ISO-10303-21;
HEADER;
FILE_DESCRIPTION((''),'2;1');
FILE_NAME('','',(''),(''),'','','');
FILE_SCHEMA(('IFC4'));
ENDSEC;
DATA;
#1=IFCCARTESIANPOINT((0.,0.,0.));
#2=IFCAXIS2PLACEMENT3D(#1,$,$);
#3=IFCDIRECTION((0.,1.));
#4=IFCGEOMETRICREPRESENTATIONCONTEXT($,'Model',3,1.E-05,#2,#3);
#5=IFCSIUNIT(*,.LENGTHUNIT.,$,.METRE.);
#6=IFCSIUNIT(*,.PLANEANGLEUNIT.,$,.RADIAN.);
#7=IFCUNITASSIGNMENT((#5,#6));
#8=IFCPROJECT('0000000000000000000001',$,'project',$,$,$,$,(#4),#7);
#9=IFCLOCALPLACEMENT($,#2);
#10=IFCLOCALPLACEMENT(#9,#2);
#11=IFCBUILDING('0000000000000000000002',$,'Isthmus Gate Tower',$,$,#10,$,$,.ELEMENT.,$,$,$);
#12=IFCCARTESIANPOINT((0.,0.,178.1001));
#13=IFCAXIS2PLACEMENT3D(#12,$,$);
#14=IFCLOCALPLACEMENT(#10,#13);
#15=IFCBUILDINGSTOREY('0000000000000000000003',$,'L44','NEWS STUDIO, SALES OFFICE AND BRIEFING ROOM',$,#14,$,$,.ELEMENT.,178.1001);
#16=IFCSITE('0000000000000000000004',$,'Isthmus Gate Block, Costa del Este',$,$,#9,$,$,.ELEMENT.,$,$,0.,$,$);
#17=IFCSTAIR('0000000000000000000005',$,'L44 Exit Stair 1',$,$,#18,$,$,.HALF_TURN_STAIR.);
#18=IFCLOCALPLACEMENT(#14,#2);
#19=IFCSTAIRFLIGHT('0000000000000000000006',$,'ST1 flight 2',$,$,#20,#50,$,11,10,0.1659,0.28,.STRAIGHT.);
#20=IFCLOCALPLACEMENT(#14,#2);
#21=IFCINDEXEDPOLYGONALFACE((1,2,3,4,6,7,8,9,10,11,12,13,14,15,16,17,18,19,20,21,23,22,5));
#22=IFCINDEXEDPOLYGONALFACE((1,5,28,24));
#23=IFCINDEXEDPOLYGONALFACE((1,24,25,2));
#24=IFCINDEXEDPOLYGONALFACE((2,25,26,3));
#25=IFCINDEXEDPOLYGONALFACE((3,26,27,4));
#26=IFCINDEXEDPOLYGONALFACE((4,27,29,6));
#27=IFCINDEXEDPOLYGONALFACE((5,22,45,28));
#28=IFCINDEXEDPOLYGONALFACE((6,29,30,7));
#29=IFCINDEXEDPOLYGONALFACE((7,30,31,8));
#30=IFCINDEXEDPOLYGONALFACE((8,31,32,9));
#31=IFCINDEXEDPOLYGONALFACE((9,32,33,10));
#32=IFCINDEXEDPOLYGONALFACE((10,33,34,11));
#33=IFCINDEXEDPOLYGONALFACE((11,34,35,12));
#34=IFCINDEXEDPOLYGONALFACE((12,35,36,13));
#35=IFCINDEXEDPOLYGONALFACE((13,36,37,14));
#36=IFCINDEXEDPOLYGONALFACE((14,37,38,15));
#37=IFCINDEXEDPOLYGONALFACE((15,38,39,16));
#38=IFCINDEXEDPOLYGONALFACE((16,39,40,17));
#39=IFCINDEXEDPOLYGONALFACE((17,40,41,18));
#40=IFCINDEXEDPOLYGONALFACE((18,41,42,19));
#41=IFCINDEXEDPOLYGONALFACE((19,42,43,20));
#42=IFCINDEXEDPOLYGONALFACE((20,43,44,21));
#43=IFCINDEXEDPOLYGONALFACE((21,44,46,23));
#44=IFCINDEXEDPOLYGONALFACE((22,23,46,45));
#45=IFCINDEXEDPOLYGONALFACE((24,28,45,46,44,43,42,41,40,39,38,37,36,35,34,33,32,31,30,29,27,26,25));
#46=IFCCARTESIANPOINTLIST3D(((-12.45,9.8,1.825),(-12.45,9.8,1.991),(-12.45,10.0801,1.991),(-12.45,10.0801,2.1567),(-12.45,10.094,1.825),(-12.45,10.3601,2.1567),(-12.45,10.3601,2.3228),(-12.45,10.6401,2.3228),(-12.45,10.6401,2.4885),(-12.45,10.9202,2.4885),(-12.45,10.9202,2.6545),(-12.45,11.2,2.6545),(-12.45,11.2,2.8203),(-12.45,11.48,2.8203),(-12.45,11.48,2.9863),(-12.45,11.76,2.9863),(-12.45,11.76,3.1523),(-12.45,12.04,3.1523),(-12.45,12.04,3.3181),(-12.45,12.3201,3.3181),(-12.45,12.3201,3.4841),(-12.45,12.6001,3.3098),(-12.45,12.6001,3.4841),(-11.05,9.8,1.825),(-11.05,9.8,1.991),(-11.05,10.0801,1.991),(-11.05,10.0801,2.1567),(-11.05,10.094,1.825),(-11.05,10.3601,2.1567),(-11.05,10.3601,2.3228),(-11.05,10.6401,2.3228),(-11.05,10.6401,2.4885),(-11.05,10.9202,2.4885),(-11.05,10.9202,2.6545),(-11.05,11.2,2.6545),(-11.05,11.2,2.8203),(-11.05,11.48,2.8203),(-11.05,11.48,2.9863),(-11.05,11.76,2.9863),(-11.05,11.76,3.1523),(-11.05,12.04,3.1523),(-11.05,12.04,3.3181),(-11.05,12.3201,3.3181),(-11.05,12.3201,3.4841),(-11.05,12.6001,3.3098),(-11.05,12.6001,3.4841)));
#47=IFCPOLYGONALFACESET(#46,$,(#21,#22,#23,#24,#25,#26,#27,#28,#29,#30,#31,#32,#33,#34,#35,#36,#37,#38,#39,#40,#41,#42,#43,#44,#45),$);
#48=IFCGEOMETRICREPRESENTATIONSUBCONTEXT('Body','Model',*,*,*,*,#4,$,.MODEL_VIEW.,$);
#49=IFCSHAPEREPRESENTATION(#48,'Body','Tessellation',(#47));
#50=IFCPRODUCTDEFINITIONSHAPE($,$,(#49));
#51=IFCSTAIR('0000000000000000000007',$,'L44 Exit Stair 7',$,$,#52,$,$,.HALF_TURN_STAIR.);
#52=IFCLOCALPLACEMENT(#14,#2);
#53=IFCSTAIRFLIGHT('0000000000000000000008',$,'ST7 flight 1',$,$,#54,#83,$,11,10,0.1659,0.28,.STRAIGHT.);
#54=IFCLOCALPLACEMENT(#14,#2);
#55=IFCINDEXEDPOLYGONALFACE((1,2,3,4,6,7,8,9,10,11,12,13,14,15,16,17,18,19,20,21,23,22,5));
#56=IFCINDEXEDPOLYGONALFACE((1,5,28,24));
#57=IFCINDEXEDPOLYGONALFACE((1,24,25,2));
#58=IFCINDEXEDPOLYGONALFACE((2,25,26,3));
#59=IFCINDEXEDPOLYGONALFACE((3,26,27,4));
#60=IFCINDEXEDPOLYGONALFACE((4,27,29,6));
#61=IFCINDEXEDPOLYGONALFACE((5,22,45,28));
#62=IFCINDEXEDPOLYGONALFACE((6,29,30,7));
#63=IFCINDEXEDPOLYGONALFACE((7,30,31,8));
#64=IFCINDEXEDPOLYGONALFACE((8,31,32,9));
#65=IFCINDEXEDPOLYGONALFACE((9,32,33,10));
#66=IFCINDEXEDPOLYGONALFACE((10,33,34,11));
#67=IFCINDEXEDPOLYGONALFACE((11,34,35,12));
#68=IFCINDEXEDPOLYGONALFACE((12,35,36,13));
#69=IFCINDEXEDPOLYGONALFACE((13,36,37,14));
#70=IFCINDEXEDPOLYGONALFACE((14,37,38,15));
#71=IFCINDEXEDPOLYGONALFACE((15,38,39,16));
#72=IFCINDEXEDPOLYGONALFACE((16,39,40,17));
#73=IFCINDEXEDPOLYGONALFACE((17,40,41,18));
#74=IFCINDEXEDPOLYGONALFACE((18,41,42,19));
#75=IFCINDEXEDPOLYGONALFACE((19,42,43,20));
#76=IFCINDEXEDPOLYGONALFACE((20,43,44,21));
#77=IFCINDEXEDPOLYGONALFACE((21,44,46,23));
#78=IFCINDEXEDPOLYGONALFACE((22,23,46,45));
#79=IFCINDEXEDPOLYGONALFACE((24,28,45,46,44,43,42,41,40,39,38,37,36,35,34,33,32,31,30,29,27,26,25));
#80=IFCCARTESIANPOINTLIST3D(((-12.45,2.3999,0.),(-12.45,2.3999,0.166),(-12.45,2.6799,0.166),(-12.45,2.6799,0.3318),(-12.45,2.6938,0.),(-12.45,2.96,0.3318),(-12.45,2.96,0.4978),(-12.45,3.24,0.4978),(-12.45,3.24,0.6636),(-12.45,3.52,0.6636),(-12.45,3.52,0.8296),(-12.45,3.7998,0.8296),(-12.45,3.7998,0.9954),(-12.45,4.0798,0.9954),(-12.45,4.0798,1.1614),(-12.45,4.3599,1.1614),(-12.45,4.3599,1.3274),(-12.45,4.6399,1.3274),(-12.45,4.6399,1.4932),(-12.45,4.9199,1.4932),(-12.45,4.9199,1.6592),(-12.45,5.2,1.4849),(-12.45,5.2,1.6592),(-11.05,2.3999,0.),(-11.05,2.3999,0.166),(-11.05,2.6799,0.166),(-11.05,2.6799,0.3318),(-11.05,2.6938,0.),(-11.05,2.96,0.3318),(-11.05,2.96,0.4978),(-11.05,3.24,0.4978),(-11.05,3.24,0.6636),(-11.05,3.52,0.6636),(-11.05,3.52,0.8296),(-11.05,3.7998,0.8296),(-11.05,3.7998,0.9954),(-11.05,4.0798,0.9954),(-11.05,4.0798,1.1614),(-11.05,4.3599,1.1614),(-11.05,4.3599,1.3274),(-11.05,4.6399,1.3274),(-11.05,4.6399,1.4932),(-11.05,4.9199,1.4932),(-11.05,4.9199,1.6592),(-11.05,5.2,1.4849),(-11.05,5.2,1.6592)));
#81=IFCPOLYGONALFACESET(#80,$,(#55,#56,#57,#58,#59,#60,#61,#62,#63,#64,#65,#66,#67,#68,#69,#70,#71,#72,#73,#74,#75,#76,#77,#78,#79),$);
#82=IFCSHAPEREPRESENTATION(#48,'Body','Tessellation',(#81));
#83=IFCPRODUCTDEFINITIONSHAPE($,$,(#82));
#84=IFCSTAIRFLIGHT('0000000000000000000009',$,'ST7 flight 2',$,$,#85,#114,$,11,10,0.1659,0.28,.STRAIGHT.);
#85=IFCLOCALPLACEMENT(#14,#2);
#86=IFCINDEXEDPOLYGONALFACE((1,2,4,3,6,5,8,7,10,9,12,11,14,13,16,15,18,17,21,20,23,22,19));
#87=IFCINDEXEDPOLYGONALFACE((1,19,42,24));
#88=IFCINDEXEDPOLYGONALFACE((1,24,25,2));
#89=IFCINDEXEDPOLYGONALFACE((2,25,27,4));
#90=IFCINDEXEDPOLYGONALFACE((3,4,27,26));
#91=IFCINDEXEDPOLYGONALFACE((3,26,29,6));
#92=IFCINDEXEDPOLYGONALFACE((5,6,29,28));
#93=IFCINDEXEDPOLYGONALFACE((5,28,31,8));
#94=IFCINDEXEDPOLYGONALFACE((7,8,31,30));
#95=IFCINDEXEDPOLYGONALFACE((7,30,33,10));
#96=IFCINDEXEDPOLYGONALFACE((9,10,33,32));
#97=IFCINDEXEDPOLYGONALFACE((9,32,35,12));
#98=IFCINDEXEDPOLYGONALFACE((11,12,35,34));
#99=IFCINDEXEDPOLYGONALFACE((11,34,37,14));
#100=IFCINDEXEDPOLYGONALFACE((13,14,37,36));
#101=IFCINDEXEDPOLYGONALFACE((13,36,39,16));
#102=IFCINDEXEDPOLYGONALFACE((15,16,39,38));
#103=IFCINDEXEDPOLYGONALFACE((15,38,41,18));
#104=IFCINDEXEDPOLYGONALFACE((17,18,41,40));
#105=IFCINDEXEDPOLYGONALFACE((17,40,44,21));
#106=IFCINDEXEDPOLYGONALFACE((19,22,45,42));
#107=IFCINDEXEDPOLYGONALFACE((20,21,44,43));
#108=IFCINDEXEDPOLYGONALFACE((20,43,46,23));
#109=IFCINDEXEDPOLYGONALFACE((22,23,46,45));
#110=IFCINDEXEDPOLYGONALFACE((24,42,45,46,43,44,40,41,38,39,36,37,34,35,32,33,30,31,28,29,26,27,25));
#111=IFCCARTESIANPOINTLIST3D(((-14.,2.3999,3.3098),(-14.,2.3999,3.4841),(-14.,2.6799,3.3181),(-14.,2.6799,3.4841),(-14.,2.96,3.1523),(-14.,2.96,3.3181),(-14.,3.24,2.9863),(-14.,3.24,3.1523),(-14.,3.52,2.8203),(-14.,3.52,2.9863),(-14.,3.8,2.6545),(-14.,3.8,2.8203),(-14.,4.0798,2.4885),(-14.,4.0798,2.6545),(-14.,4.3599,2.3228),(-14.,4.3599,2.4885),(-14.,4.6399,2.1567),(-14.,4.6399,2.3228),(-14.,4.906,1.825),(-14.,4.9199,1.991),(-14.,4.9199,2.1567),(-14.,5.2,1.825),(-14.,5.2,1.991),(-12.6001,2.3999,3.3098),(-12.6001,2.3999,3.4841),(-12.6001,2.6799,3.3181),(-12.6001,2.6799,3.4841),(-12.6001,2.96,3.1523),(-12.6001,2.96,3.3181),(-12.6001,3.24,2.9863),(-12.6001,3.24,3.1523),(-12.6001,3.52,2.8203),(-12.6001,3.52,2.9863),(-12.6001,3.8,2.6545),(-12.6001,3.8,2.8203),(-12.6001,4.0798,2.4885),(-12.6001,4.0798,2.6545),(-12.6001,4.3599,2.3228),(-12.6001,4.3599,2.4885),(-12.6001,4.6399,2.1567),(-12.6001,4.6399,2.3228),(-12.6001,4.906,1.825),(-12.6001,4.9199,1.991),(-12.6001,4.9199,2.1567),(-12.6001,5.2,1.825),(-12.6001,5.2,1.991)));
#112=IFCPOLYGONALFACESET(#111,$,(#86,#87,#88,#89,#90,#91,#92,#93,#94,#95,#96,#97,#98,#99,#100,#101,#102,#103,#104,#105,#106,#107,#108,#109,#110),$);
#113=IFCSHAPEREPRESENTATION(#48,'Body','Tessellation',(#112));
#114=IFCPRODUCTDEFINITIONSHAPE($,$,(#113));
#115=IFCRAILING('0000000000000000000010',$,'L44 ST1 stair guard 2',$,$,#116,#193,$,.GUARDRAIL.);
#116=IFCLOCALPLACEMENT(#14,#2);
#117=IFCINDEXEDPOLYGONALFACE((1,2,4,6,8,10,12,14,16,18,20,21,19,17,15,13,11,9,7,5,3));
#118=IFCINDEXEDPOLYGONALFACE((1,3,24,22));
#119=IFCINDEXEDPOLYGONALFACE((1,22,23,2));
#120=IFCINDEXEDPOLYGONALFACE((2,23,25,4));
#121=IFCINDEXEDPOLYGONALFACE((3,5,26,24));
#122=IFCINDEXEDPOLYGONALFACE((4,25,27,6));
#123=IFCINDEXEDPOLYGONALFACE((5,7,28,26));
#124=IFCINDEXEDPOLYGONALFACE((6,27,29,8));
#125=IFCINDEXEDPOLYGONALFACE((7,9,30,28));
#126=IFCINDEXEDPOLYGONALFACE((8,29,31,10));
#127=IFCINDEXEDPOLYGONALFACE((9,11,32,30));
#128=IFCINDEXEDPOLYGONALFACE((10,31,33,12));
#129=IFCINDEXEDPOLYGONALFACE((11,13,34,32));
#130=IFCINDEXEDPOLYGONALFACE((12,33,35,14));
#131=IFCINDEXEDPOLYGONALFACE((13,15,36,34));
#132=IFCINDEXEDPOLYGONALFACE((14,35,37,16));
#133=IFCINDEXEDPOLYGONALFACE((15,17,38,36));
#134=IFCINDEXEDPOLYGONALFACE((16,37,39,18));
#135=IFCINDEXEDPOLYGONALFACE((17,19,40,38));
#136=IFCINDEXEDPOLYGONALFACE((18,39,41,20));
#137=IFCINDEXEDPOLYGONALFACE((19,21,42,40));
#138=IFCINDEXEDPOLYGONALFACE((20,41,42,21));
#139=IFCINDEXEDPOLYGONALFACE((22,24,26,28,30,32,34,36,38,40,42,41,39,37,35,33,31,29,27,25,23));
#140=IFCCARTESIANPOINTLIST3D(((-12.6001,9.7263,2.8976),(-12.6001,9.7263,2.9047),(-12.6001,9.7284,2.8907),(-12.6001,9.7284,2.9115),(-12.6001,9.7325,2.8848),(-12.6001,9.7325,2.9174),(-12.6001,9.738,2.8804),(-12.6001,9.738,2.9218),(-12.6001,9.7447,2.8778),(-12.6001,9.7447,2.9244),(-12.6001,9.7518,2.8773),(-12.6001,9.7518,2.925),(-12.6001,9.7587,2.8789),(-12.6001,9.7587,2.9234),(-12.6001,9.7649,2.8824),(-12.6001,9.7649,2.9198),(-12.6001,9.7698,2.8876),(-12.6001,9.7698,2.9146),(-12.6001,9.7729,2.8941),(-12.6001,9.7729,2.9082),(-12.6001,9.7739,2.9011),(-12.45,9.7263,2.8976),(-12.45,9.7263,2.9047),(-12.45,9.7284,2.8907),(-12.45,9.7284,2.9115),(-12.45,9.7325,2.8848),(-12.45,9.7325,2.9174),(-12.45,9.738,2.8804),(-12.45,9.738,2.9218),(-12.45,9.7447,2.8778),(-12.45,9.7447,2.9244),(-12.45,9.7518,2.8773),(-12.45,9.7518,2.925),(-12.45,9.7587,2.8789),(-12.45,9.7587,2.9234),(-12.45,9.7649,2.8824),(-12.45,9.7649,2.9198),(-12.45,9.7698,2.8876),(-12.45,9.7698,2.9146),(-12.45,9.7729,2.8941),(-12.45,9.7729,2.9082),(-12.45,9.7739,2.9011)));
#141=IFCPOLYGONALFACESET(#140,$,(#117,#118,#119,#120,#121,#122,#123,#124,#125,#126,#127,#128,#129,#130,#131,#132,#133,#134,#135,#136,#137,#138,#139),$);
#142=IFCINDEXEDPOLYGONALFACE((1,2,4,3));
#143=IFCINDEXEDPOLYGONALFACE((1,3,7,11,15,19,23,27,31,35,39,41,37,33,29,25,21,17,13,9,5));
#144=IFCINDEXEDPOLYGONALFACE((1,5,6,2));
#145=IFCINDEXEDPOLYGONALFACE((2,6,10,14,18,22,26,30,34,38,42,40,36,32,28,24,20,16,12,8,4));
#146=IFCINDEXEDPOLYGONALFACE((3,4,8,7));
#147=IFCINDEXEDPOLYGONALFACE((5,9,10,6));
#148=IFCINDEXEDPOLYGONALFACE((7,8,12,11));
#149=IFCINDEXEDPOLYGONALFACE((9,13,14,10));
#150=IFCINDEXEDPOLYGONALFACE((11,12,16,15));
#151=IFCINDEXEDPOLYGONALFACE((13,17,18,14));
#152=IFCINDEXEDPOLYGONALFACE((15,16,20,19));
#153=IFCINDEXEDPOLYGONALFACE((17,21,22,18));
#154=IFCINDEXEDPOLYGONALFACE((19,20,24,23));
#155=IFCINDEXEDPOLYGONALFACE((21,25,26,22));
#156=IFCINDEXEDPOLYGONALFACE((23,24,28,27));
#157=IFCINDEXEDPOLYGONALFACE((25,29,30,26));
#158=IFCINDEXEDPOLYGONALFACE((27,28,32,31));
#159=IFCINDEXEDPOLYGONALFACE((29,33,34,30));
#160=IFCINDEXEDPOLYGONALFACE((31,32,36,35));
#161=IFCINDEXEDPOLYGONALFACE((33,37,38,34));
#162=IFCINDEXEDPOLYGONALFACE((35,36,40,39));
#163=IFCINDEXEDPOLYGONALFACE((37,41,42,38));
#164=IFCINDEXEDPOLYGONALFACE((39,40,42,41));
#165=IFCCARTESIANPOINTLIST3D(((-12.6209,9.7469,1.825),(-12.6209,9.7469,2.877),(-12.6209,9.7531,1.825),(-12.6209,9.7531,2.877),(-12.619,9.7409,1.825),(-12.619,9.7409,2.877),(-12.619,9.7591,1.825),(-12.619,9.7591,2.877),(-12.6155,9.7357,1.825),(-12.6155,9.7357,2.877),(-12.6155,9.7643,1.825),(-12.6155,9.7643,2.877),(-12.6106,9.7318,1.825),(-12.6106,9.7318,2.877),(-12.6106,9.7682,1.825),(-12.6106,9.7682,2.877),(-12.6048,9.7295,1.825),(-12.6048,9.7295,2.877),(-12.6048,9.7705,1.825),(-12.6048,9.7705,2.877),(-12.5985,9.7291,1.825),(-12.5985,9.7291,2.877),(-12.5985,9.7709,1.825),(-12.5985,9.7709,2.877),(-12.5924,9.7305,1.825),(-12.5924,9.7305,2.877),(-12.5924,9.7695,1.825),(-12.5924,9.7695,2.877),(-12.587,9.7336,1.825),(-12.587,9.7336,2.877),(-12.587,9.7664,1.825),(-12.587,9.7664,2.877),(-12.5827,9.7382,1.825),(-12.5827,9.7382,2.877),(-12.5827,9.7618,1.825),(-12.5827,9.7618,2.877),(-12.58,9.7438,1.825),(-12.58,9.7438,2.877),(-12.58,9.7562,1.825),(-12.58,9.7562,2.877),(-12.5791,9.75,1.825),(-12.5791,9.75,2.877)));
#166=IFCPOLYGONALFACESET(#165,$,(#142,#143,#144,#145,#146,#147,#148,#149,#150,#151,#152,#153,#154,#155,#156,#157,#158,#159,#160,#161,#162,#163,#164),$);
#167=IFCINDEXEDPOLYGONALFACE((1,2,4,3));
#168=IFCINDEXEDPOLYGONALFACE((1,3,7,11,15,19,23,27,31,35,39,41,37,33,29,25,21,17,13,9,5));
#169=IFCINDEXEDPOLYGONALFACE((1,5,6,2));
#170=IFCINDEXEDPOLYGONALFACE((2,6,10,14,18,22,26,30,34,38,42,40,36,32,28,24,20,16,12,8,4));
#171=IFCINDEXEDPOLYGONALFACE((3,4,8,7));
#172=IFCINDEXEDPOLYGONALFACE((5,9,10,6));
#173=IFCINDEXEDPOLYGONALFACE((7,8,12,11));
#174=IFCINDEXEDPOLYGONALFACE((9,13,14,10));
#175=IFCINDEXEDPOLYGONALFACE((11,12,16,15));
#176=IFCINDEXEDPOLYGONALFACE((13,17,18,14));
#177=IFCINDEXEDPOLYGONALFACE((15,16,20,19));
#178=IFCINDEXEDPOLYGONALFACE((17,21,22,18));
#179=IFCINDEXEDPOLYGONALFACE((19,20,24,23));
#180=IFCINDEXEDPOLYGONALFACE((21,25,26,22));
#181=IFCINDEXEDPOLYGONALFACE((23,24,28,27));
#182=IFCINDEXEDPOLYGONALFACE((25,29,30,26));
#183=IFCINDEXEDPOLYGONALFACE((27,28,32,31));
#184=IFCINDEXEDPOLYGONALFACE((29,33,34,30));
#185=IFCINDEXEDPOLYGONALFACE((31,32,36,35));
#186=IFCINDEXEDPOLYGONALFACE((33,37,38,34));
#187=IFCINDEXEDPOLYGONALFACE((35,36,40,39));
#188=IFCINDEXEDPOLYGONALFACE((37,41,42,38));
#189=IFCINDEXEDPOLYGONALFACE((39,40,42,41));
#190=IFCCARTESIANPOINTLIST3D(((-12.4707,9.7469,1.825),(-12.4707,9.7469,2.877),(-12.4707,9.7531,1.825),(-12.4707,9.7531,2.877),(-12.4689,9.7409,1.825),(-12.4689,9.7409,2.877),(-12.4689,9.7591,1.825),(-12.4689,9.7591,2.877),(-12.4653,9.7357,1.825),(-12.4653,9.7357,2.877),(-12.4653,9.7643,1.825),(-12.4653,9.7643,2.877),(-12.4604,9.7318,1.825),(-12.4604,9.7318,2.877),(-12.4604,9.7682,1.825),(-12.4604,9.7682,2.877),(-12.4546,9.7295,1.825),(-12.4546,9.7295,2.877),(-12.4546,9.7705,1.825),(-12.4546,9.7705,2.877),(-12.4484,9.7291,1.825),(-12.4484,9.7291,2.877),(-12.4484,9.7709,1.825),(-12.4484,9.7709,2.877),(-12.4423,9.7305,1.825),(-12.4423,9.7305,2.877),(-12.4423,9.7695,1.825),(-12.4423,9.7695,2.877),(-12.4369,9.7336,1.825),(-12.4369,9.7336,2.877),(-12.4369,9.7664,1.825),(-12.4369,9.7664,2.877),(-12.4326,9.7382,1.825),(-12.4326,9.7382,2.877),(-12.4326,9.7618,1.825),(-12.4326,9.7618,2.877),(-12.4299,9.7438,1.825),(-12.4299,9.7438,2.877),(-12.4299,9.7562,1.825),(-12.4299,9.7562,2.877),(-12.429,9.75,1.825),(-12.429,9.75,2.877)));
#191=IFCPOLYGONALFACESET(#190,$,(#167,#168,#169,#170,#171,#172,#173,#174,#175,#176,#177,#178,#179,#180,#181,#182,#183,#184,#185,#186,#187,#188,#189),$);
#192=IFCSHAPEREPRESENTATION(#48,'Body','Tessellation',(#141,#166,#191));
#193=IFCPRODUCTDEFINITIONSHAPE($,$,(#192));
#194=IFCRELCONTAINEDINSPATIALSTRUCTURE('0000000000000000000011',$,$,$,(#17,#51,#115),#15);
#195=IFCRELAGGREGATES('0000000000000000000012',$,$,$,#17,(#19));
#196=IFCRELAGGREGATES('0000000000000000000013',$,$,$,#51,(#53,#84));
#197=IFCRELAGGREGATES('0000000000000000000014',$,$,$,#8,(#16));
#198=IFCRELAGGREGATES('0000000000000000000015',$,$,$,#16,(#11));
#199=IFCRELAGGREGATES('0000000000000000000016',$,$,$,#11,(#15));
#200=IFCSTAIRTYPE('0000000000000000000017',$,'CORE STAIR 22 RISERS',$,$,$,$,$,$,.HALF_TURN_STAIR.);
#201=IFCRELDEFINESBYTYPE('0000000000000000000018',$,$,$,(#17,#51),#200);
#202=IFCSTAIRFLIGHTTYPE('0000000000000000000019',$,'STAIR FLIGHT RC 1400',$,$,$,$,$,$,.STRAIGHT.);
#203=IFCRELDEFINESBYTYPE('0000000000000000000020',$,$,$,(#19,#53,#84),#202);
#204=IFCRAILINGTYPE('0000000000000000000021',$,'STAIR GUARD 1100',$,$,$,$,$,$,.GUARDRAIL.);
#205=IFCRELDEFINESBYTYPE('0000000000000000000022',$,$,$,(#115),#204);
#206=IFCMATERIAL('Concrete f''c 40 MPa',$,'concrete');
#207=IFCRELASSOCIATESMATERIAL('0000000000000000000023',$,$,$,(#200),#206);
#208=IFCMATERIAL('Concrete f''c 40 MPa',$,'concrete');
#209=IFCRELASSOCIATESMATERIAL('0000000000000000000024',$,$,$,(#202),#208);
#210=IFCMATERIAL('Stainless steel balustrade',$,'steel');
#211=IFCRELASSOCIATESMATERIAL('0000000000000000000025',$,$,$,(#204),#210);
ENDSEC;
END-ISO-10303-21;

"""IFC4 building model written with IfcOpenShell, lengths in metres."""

from ifc_helpers import new_model, si_unit, direction, frame, origin, origin_2d, place, context, subcontext, project, spatial, polyline, circle, outline, extrude, material, type_object, element, aggregate, save


model = new_model("IFC4")

# Units and contexts
model_context = context("Model", 3, precision=1e-05, world=origin(), true_north=direction((0.0, 1.0)))
body_context = subcontext(model_context, "Body", "Model", "MODEL_VIEW")
ifc_project = project(units=[si_unit("LENGTHUNIT", "METRE"), si_unit("PLANEANGLEUNIT", "RADIAN")], contexts=[model_context])

# Site, building, storey
site_placement = place(None, origin())
site = spatial("IfcSite", under=ifc_project, at=site_placement, Name="Isthmus Gate Block, Costa del Este", CompositionType="ELEMENT", RefElevation=0.0)
building_placement = place(site_placement, origin())
building = spatial("IfcBuilding", under=site, at=building_placement, Name="Isthmus Gate Tower", CompositionType="ELEMENT")
storey_placement = place(building_placement, frame((0.0, 0.0, 178.1001)))
storey = spatial("IfcBuildingStorey", under=building, at=storey_placement, Name="L44", Description="NEWS STUDIO, SALES OFFICE AND BRIEFING ROOM", CompositionType="ELEMENT", Elevation=178.1001)

# Stair, stair flight
ifc_material_1 = material(Name="Concrete f'c 40 MPa", Category="concrete")
stair_type = type_object("IfcStairType", Name="CORE STAIR 22 RISERS", PredefinedType="HALF_TURN_STAIR", material=ifc_material_1)
stair_1_placement = place(storey_placement, origin())
stair_1 = element("IfcStair", 1, at=stair_1_placement, inside=storey, type_object=stair_type, Name="L44 Exit Stair 1", PredefinedType="HALF_TURN_STAIR")
ifc_material_2 = material(Name="Concrete f'c 40 MPa", Category="concrete")
stair_flight_type = type_object("IfcStairFlightType", Name="STAIR FLIGHT RC 1400", PredefinedType="STRAIGHT", material=ifc_material_2)
stair_flight_1_placement = place(storey_placement, frame((-11.75, 9.8, 1.825), z_axis=(0.0, 0.0, 1.0), x_axis=(0.0, 1.0, 0.0)))
stair_flight_1 = element("IfcStairFlight", 2, at=stair_flight_1_placement, type_object=stair_flight_type, Name="ST1 flight 2", NumberOfRisers=11, NumberOfTreads=10, PredefinedType="STRAIGHT", RiserHeight=0.1659, TreadLength=0.28, context=body_context, shape_type="SweptSolid", body=[
    extrude(outline(polyline([(0.0, 0.0), (0.0, 0.166), (0.28, 0.166), (0.28, 0.3318), (0.5601, 0.3318), (0.5601, 0.4978), (0.8401, 0.4978), (0.8401, 0.6636), (1.1201, 0.6636), (1.1201, 0.8296), (1.3999, 0.8296), (1.3999, 0.9954), (1.6799, 0.9954), (1.6799, 1.1614), (1.96, 1.1614), (1.96, 1.3274), (2.24, 1.3274), (2.24, 1.4932), (2.52, 1.4932), (2.52, 1.6592), (2.8, 1.6592), (2.8, 1.825), (2.8, 1.4849), (0.2939, 0.0), (0.0, 0.0)])), frame((0.0, 0.7, 0.0), z_axis=(0.0, -1.0, 0.0), x_axis=(1.0, 0.0, 0.0)), (0.0, 0.0, 1.0), 1.3999),
])
aggregate(stair_1, [stair_flight_1])

# Stair, stair flights
stair_2_placement = place(storey_placement, origin())
stair_2 = element("IfcStair", 3, at=stair_2_placement, inside=storey, type_object=stair_type, Name="L44 Exit Stair 7", PredefinedType="HALF_TURN_STAIR")
stair_flight_2_placement = place(storey_placement, frame((-11.75, 2.3999, 0.0), z_axis=(0.0, 0.0, 1.0), x_axis=(0.0, 1.0, 0.0)))
stair_flight_2 = element("IfcStairFlight", 4, at=stair_flight_2_placement, type_object=stair_flight_type, Name="ST7 flight 1", NumberOfRisers=11, NumberOfTreads=10, PredefinedType="STRAIGHT", RiserHeight=0.1659, TreadLength=0.28, context=body_context, shape_type="SweptSolid", body=[
    extrude(outline(polyline([(0.0, 0.0), (0.0, 0.166), (0.28, 0.166), (0.28, 0.3318), (0.5601, 0.3318), (0.5601, 0.4978), (0.8401, 0.4978), (0.8401, 0.6636), (1.1201, 0.6636), (1.1201, 0.8296), (1.3999, 0.8296), (1.3999, 0.9954), (1.6799, 0.9954), (1.6799, 1.1614), (1.96, 1.1614), (1.96, 1.3274), (2.24, 1.3274), (2.24, 1.4932), (2.52, 1.4932), (2.52, 1.6592), (2.8, 1.6592), (2.8, 1.825), (2.8, 1.4849), (0.2939, 0.0), (0.0, 0.0)])), frame((0.0, 0.7, 0.0), z_axis=(0.0, -1.0, 0.0), x_axis=(1.0, 0.0, 0.0)), (0.0, 0.0, 1.0), 1.3999),
])
stair_flight_3_placement = place(storey_placement, frame((-13.3, 5.2, 1.825), z_axis=(0.0, 0.0, 1.0), x_axis=(0.0, -1.0, 0.0)))
stair_flight_3 = element("IfcStairFlight", 5, at=stair_flight_3_placement, type_object=stair_flight_type, Name="ST7 flight 2", NumberOfRisers=11, NumberOfTreads=10, PredefinedType="STRAIGHT", RiserHeight=0.1659, TreadLength=0.28, context=body_context, shape_type="SweptSolid", body=[
    extrude(outline(polyline([(0.0, 0.0), (0.0, 0.166), (0.28, 0.166), (0.28, 0.3318), (0.5601, 0.3318), (0.5601, 0.4978), (0.8401, 0.4978), (0.8401, 0.6636), (1.1201, 0.6636), (1.1201, 0.8296), (1.3999, 0.8296), (1.3999, 0.9954), (1.6799, 0.9954), (1.6799, 1.1614), (1.96, 1.1614), (1.96, 1.3274), (2.24, 1.3274), (2.24, 1.4932), (2.52, 1.4932), (2.52, 1.6592), (2.8, 1.6592), (2.8, 1.825), (2.8, 1.4849), (0.2939, 0.0), (0.0, 0.0)])), frame((0.0, 0.7, 0.0), z_axis=(0.0, -1.0, 0.0), x_axis=(1.0, 0.0, 0.0)), (0.0, 0.0, 1.0), 1.3999),
])
aggregate(stair_2, [stair_flight_2, stair_flight_3])

# Railing
ifc_material_3 = material(Name="Stainless steel balustrade", Category="steel")
railing_type_1 = type_object("IfcRailingType", Name="STAIR GUARD 1100", PredefinedType="GUARDRAIL", material=ifc_material_3)
railing_1_placement = place(storey_placement, frame((-12.6001, 9.75, 1.825)))
element("IfcRailing", 6, at=railing_1_placement, inside=storey, type_object=railing_type_1, Name="L44 ST1 stair guard 2", PredefinedType="GUARDRAIL", context=body_context, shape_type="SweptSolid", body=[
    extrude(circle(Radius=0.0239, at=origin_2d()), frame((0.0, 0.0, 1.0762), z_axis=(1.0, 0.0, 0.0), x_axis=(0.0, 1.0, 0.0)), (0.0, 0.0, 1.0), 0.1501),
    extrude(circle(Radius=0.021, at=origin_2d()), origin(), (0.0, 0.0, 1.0), 1.052),
    extrude(circle(Radius=0.021, at=origin_2d()), frame((0.1501, 0.0, 0.0)), (0.0, 0.0, 1.0), 1.052),
])

save(model, "model.ifc")
